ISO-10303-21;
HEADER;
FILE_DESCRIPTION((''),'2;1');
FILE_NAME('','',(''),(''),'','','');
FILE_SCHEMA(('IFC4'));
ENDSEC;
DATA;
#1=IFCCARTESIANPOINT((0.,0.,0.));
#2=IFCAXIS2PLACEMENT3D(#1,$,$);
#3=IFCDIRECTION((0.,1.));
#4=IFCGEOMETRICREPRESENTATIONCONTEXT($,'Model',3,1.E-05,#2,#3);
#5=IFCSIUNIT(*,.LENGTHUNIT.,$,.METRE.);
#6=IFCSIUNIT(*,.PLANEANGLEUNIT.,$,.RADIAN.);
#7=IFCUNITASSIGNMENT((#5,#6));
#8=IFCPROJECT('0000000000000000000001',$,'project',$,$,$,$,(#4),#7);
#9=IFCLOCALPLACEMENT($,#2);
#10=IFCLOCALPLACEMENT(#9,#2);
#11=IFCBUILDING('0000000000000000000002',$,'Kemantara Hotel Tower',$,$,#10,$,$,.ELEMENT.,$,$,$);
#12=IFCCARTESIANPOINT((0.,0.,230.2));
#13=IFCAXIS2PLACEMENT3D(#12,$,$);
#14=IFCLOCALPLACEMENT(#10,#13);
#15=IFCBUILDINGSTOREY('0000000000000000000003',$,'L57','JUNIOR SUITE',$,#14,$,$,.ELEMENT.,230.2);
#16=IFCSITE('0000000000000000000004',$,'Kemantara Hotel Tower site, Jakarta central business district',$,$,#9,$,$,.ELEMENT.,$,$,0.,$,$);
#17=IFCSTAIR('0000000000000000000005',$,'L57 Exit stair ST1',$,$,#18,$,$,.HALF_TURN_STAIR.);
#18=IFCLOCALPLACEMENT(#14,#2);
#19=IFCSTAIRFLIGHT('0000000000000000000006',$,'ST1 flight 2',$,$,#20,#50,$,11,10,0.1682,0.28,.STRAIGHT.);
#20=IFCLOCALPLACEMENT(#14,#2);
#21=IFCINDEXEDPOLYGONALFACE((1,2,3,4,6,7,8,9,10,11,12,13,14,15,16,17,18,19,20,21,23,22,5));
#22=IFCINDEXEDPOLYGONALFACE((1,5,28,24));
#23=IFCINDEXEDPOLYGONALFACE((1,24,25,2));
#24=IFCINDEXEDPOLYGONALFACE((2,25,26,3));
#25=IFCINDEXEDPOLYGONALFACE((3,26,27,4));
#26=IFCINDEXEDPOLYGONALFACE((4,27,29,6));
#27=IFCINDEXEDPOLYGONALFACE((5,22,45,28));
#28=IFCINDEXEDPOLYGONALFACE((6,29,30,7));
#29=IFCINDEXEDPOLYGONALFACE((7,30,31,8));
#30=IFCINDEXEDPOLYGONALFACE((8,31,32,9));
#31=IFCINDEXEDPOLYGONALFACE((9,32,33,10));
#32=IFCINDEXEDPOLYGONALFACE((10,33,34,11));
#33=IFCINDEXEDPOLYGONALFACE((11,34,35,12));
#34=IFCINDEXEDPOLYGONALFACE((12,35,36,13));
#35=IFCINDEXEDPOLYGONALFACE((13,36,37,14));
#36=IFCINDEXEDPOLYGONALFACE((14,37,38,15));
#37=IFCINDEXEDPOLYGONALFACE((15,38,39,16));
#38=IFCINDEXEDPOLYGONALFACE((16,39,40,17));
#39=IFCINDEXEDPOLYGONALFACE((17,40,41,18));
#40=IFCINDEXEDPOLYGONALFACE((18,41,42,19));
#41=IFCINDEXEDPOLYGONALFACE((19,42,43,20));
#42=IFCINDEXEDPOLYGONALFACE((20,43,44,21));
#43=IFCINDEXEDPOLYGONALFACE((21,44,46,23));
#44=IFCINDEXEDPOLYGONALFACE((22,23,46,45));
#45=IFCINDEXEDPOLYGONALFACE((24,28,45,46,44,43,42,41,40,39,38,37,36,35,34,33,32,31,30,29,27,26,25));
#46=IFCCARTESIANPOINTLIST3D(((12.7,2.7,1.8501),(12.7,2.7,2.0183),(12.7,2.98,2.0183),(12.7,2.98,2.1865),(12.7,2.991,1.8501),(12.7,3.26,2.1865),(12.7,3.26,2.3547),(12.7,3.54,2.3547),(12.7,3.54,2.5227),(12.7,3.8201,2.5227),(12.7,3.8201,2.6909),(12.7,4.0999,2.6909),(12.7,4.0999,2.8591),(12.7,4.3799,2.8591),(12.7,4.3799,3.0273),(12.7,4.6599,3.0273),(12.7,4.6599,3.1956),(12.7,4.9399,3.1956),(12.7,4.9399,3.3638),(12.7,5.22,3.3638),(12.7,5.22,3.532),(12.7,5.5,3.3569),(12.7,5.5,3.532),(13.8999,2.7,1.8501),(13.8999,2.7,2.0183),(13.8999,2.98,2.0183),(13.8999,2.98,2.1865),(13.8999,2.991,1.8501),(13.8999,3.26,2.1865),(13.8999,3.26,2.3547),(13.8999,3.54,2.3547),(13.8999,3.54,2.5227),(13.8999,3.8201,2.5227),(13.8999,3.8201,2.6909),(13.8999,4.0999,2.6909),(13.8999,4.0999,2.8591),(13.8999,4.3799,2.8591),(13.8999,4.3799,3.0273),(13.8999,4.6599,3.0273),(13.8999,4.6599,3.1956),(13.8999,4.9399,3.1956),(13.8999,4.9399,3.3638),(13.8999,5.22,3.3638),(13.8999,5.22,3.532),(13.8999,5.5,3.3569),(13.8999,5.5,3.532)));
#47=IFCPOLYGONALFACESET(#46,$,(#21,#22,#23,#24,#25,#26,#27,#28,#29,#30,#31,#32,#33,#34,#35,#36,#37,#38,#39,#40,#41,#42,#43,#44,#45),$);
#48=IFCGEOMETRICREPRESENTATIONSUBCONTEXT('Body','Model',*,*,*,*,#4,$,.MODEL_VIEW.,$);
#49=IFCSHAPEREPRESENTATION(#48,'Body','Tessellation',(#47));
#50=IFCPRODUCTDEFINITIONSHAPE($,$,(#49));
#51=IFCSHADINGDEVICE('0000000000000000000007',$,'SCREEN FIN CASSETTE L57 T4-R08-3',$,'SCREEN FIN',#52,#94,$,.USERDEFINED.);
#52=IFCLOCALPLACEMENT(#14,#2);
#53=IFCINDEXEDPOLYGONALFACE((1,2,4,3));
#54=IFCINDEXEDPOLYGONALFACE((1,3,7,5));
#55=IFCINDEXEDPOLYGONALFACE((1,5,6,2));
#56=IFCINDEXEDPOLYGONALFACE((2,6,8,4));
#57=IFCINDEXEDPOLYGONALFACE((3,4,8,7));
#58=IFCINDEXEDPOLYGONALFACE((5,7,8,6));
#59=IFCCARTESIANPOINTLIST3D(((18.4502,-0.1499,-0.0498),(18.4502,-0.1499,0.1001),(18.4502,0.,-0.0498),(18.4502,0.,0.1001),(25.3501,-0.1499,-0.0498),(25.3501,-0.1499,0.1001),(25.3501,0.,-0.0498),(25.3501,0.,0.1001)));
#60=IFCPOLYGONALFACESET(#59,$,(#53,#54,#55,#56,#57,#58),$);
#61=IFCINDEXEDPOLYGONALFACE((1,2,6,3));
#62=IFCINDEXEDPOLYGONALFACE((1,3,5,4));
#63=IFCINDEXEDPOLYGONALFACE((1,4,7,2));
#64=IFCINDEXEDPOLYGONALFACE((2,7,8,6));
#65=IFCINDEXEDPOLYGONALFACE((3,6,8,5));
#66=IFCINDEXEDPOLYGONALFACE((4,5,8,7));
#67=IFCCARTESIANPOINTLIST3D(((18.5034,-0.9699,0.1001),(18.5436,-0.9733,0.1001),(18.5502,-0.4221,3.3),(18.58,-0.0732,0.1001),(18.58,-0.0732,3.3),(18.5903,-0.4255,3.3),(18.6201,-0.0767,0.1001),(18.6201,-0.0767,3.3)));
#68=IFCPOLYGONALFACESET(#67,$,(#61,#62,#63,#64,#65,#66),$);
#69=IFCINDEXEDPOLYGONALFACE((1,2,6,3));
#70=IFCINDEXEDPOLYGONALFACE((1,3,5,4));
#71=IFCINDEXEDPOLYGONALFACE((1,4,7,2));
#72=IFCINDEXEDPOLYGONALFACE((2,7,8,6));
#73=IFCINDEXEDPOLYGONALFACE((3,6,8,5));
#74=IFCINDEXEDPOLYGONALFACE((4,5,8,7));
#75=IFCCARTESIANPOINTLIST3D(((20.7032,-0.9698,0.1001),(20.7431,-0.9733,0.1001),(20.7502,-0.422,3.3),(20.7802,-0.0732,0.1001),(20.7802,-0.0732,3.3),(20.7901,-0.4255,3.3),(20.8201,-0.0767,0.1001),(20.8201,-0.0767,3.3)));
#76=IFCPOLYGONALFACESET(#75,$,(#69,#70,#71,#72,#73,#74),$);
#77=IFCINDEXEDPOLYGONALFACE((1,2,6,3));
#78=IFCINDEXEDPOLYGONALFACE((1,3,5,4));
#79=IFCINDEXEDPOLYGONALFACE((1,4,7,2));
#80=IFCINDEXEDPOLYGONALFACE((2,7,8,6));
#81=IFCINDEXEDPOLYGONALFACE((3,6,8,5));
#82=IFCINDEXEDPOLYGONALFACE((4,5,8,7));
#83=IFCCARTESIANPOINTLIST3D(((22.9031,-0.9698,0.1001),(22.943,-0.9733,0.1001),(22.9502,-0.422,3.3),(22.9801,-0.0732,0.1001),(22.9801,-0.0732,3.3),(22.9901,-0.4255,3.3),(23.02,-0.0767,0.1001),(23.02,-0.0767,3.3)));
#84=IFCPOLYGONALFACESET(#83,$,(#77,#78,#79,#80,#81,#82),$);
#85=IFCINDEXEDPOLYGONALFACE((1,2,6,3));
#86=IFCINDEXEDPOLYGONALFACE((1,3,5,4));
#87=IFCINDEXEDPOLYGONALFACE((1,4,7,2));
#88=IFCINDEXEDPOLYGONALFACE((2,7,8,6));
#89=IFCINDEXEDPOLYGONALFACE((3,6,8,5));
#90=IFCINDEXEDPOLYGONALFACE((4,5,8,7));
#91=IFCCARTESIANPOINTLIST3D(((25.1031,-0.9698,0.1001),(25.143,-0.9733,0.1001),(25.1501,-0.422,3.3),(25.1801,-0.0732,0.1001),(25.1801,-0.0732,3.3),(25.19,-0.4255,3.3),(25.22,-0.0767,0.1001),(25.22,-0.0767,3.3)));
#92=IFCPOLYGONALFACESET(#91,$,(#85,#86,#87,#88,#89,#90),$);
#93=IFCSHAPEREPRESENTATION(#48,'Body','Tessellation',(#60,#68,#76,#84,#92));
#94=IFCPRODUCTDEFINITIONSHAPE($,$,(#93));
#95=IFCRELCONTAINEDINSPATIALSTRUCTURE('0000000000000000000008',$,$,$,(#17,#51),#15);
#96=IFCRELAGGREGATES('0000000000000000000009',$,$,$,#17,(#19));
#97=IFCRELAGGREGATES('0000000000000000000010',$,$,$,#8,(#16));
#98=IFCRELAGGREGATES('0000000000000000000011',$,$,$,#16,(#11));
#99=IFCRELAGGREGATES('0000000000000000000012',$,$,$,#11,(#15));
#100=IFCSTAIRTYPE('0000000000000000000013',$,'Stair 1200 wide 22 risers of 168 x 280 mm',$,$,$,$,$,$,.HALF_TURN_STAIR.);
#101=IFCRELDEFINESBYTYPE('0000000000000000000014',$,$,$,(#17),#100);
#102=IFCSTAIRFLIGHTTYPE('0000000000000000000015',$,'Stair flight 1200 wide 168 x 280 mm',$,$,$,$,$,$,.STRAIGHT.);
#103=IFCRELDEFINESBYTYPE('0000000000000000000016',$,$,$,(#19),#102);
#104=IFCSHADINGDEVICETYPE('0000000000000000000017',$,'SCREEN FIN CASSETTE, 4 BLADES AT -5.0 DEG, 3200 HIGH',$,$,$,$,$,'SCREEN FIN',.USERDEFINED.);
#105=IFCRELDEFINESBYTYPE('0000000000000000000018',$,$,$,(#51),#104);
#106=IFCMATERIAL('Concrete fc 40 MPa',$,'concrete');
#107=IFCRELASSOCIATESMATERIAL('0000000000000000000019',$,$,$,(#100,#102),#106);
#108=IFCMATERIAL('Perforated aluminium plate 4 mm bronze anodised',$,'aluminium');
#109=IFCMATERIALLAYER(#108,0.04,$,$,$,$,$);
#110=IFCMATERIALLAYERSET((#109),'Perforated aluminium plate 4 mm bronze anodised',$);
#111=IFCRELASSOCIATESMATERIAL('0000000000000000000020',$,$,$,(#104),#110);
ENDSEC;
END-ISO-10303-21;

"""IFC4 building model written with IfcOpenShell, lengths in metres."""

from ifc_helpers import new_model, si_unit, direction, frame, origin, origin_2d, place, context, subcontext, project, spatial, polyline, rectangle, outline, extrude, source, transform, mapped, material, layer, layer_set, type_object, element, aggregate, save


model = new_model("IFC4")

# Units and contexts
model_context = context("Model", 3, precision=1e-05, world=origin(), true_north=direction((0.0, 1.0)))
body_context = subcontext(model_context, "Body", "Model", "MODEL_VIEW")
ifc_project = project(units=[si_unit("LENGTHUNIT", "METRE"), si_unit("PLANEANGLEUNIT", "RADIAN")], contexts=[model_context])

# Site, building, storey
site_placement = place(None, origin())
site = spatial("IfcSite", under=ifc_project, at=site_placement, Name="Kemantara Hotel Tower site, Jakarta central business district", CompositionType="ELEMENT", RefElevation=0.0)
building_placement = place(site_placement, origin())
building = spatial("IfcBuilding", under=site, at=building_placement, Name="Kemantara Hotel Tower", CompositionType="ELEMENT")
storey_placement = place(building_placement, frame((0.0, 0.0, 230.2)))
storey = spatial("IfcBuildingStorey", under=building, at=storey_placement, Name="L57", Description="JUNIOR SUITE", CompositionType="ELEMENT", Elevation=230.2)

# Stair, stair flight
ifc_material_1 = material(Name="Concrete fc 40 MPa", Category="concrete")
stair_type = type_object("IfcStairType", Name="Stair 1200 wide 22 risers of 168 x 280 mm", PredefinedType="HALF_TURN_STAIR", material=ifc_material_1)
stair_placement = place(storey_placement, origin())
stair = element("IfcStair", 1, at=stair_placement, inside=storey, type_object=stair_type, Name="L57 Exit stair ST1", PredefinedType="HALF_TURN_STAIR")
stair_flight_type = type_object("IfcStairFlightType", Name="Stair flight 1200 wide 168 x 280 mm", PredefinedType="STRAIGHT", material=ifc_material_1)
stair_flight_placement = place(storey_placement, frame((13.3, 2.7, 1.8501), z_axis=(0.0, 0.0, 1.0), x_axis=(0.0, 1.0, 0.0)))
stair_flight = element("IfcStairFlight", 2, at=stair_flight_placement, type_object=stair_flight_type, Name="ST1 flight 2", NumberOfRisers=11, NumberOfTreads=10, PredefinedType="STRAIGHT", RiserHeight=0.1682, TreadLength=0.28, context=body_context, shape_type="SweptSolid", body=[
    extrude(outline(polyline([(0.0, 0.0), (0.0, 0.1682), (0.28, 0.1682), (0.28, 0.3364), (0.5601, 0.3364), (0.5601, 0.5046), (0.8401, 0.5046), (0.8401, 0.6726), (1.1201, 0.6726), (1.1201, 0.8408), (1.3999, 0.8408), (1.3999, 1.009), (1.6799, 1.009), (1.6799, 1.1772), (1.96, 1.1772), (1.96, 1.3455), (2.24, 1.3455), (2.24, 1.5137), (2.52, 1.5137), (2.52, 1.6819), (2.8, 1.6819), (2.8, 1.8501), (2.8, 1.5068), (0.291, 0.0), (0.0, 0.0)])), frame((0.0, 0.6001, 0.0), z_axis=(0.0, -1.0, 0.0), x_axis=(1.0, 0.0, 0.0)), (0.0, 0.0, 1.0), 1.2),
])
aggregate(stair, [stair_flight])

# Shading device
ifc_material_2 = material(Name="Perforated aluminium plate 4 mm bronze anodised", Category="aluminium")
ifc_layer_1 = layer(ifc_material_2, 0.04)
ifc_layer_set_1 = layer_set([ifc_layer_1], Name="Perforated aluminium plate 4 mm bronze anodised")
shading_device_type = type_object("IfcShadingDeviceType", Name="SCREEN FIN CASSETTE, 4 BLADES AT -5.0 DEG, 3200 HIGH", ElementType="SCREEN FIN", PredefinedType="USERDEFINED", material=ifc_layer_set_1)
shared_shape = source(origin(), body_context, "Body", "SweptSolid", [
    extrude(rectangle(XDim=6.8999, YDim=0.1499, at=origin_2d()), frame((3.3, -0.075, -0.1499), z_axis=(0.0, 0.0, 1.0), x_axis=(1.0, 0.0, 0.0)), (0.0, 0.0, 1.0), 0.1499),
    extrude(outline(polyline([(0.0, 0.0), (0.8999, 0.0), (0.3501, 3.2), (0.0, 3.2), (0.0, 0.0)])), frame((0.02, -0.0767, 0.0), z_axis=(-0.996376, 0.085056, 0.0), x_axis=(-0.085056, -0.996376, 0.0)), (0.0, 0.0, 1.0), 0.0403),
    extrude(outline(polyline([(0.0, 0.0), (0.8999, 0.0), (0.3501, 3.2), (0.0, 3.2), (0.0, 0.0)])), frame((2.22, -0.0767, 0.0), z_axis=(-0.996332, 0.085575, 0.0), x_axis=(-0.085575, -0.996332, 0.0)), (0.0, 0.0, 1.0), 0.04),
    extrude(outline(polyline([(0.0, 0.0), (0.8999, 0.0), (0.3501, 3.2), (0.0, 3.2), (0.0, 0.0)])), frame((4.4199, -0.0767, 0.0), z_axis=(-0.996332, 0.085575, 0.0), x_axis=(-0.085575, -0.996332, 0.0)), (0.0, 0.0, 1.0), 0.04),
    extrude(outline(polyline([(0.0, 0.0), (0.8999, 0.0), (0.3501, 3.2), (0.0, 3.2), (0.0, 0.0)])), frame((6.6199, -0.0767, 0.0), z_axis=(-0.996332, 0.085575, 0.0), x_axis=(-0.085575, -0.996332, 0.0)), (0.0, 0.0, 1.0), 0.04),
])
shading_device_placement = place(storey_placement, frame((18.6001, 0.0, 0.1001), z_axis=(0.0, 0.0, 1.0), x_axis=(1.0, 0.0, 0.0)))
element("IfcShadingDevice", 3, at=shading_device_placement, inside=storey, type_object=shading_device_type, Name="SCREEN FIN CASSETTE L57 T4-R08-3", ObjectType="SCREEN FIN", PredefinedType="USERDEFINED", context=body_context, shape_type="MappedRepresentation", body=[
    mapped(shared_shape, transform((0.0, 0.0, 0.0))),
])

save(model, "model.ifc")
